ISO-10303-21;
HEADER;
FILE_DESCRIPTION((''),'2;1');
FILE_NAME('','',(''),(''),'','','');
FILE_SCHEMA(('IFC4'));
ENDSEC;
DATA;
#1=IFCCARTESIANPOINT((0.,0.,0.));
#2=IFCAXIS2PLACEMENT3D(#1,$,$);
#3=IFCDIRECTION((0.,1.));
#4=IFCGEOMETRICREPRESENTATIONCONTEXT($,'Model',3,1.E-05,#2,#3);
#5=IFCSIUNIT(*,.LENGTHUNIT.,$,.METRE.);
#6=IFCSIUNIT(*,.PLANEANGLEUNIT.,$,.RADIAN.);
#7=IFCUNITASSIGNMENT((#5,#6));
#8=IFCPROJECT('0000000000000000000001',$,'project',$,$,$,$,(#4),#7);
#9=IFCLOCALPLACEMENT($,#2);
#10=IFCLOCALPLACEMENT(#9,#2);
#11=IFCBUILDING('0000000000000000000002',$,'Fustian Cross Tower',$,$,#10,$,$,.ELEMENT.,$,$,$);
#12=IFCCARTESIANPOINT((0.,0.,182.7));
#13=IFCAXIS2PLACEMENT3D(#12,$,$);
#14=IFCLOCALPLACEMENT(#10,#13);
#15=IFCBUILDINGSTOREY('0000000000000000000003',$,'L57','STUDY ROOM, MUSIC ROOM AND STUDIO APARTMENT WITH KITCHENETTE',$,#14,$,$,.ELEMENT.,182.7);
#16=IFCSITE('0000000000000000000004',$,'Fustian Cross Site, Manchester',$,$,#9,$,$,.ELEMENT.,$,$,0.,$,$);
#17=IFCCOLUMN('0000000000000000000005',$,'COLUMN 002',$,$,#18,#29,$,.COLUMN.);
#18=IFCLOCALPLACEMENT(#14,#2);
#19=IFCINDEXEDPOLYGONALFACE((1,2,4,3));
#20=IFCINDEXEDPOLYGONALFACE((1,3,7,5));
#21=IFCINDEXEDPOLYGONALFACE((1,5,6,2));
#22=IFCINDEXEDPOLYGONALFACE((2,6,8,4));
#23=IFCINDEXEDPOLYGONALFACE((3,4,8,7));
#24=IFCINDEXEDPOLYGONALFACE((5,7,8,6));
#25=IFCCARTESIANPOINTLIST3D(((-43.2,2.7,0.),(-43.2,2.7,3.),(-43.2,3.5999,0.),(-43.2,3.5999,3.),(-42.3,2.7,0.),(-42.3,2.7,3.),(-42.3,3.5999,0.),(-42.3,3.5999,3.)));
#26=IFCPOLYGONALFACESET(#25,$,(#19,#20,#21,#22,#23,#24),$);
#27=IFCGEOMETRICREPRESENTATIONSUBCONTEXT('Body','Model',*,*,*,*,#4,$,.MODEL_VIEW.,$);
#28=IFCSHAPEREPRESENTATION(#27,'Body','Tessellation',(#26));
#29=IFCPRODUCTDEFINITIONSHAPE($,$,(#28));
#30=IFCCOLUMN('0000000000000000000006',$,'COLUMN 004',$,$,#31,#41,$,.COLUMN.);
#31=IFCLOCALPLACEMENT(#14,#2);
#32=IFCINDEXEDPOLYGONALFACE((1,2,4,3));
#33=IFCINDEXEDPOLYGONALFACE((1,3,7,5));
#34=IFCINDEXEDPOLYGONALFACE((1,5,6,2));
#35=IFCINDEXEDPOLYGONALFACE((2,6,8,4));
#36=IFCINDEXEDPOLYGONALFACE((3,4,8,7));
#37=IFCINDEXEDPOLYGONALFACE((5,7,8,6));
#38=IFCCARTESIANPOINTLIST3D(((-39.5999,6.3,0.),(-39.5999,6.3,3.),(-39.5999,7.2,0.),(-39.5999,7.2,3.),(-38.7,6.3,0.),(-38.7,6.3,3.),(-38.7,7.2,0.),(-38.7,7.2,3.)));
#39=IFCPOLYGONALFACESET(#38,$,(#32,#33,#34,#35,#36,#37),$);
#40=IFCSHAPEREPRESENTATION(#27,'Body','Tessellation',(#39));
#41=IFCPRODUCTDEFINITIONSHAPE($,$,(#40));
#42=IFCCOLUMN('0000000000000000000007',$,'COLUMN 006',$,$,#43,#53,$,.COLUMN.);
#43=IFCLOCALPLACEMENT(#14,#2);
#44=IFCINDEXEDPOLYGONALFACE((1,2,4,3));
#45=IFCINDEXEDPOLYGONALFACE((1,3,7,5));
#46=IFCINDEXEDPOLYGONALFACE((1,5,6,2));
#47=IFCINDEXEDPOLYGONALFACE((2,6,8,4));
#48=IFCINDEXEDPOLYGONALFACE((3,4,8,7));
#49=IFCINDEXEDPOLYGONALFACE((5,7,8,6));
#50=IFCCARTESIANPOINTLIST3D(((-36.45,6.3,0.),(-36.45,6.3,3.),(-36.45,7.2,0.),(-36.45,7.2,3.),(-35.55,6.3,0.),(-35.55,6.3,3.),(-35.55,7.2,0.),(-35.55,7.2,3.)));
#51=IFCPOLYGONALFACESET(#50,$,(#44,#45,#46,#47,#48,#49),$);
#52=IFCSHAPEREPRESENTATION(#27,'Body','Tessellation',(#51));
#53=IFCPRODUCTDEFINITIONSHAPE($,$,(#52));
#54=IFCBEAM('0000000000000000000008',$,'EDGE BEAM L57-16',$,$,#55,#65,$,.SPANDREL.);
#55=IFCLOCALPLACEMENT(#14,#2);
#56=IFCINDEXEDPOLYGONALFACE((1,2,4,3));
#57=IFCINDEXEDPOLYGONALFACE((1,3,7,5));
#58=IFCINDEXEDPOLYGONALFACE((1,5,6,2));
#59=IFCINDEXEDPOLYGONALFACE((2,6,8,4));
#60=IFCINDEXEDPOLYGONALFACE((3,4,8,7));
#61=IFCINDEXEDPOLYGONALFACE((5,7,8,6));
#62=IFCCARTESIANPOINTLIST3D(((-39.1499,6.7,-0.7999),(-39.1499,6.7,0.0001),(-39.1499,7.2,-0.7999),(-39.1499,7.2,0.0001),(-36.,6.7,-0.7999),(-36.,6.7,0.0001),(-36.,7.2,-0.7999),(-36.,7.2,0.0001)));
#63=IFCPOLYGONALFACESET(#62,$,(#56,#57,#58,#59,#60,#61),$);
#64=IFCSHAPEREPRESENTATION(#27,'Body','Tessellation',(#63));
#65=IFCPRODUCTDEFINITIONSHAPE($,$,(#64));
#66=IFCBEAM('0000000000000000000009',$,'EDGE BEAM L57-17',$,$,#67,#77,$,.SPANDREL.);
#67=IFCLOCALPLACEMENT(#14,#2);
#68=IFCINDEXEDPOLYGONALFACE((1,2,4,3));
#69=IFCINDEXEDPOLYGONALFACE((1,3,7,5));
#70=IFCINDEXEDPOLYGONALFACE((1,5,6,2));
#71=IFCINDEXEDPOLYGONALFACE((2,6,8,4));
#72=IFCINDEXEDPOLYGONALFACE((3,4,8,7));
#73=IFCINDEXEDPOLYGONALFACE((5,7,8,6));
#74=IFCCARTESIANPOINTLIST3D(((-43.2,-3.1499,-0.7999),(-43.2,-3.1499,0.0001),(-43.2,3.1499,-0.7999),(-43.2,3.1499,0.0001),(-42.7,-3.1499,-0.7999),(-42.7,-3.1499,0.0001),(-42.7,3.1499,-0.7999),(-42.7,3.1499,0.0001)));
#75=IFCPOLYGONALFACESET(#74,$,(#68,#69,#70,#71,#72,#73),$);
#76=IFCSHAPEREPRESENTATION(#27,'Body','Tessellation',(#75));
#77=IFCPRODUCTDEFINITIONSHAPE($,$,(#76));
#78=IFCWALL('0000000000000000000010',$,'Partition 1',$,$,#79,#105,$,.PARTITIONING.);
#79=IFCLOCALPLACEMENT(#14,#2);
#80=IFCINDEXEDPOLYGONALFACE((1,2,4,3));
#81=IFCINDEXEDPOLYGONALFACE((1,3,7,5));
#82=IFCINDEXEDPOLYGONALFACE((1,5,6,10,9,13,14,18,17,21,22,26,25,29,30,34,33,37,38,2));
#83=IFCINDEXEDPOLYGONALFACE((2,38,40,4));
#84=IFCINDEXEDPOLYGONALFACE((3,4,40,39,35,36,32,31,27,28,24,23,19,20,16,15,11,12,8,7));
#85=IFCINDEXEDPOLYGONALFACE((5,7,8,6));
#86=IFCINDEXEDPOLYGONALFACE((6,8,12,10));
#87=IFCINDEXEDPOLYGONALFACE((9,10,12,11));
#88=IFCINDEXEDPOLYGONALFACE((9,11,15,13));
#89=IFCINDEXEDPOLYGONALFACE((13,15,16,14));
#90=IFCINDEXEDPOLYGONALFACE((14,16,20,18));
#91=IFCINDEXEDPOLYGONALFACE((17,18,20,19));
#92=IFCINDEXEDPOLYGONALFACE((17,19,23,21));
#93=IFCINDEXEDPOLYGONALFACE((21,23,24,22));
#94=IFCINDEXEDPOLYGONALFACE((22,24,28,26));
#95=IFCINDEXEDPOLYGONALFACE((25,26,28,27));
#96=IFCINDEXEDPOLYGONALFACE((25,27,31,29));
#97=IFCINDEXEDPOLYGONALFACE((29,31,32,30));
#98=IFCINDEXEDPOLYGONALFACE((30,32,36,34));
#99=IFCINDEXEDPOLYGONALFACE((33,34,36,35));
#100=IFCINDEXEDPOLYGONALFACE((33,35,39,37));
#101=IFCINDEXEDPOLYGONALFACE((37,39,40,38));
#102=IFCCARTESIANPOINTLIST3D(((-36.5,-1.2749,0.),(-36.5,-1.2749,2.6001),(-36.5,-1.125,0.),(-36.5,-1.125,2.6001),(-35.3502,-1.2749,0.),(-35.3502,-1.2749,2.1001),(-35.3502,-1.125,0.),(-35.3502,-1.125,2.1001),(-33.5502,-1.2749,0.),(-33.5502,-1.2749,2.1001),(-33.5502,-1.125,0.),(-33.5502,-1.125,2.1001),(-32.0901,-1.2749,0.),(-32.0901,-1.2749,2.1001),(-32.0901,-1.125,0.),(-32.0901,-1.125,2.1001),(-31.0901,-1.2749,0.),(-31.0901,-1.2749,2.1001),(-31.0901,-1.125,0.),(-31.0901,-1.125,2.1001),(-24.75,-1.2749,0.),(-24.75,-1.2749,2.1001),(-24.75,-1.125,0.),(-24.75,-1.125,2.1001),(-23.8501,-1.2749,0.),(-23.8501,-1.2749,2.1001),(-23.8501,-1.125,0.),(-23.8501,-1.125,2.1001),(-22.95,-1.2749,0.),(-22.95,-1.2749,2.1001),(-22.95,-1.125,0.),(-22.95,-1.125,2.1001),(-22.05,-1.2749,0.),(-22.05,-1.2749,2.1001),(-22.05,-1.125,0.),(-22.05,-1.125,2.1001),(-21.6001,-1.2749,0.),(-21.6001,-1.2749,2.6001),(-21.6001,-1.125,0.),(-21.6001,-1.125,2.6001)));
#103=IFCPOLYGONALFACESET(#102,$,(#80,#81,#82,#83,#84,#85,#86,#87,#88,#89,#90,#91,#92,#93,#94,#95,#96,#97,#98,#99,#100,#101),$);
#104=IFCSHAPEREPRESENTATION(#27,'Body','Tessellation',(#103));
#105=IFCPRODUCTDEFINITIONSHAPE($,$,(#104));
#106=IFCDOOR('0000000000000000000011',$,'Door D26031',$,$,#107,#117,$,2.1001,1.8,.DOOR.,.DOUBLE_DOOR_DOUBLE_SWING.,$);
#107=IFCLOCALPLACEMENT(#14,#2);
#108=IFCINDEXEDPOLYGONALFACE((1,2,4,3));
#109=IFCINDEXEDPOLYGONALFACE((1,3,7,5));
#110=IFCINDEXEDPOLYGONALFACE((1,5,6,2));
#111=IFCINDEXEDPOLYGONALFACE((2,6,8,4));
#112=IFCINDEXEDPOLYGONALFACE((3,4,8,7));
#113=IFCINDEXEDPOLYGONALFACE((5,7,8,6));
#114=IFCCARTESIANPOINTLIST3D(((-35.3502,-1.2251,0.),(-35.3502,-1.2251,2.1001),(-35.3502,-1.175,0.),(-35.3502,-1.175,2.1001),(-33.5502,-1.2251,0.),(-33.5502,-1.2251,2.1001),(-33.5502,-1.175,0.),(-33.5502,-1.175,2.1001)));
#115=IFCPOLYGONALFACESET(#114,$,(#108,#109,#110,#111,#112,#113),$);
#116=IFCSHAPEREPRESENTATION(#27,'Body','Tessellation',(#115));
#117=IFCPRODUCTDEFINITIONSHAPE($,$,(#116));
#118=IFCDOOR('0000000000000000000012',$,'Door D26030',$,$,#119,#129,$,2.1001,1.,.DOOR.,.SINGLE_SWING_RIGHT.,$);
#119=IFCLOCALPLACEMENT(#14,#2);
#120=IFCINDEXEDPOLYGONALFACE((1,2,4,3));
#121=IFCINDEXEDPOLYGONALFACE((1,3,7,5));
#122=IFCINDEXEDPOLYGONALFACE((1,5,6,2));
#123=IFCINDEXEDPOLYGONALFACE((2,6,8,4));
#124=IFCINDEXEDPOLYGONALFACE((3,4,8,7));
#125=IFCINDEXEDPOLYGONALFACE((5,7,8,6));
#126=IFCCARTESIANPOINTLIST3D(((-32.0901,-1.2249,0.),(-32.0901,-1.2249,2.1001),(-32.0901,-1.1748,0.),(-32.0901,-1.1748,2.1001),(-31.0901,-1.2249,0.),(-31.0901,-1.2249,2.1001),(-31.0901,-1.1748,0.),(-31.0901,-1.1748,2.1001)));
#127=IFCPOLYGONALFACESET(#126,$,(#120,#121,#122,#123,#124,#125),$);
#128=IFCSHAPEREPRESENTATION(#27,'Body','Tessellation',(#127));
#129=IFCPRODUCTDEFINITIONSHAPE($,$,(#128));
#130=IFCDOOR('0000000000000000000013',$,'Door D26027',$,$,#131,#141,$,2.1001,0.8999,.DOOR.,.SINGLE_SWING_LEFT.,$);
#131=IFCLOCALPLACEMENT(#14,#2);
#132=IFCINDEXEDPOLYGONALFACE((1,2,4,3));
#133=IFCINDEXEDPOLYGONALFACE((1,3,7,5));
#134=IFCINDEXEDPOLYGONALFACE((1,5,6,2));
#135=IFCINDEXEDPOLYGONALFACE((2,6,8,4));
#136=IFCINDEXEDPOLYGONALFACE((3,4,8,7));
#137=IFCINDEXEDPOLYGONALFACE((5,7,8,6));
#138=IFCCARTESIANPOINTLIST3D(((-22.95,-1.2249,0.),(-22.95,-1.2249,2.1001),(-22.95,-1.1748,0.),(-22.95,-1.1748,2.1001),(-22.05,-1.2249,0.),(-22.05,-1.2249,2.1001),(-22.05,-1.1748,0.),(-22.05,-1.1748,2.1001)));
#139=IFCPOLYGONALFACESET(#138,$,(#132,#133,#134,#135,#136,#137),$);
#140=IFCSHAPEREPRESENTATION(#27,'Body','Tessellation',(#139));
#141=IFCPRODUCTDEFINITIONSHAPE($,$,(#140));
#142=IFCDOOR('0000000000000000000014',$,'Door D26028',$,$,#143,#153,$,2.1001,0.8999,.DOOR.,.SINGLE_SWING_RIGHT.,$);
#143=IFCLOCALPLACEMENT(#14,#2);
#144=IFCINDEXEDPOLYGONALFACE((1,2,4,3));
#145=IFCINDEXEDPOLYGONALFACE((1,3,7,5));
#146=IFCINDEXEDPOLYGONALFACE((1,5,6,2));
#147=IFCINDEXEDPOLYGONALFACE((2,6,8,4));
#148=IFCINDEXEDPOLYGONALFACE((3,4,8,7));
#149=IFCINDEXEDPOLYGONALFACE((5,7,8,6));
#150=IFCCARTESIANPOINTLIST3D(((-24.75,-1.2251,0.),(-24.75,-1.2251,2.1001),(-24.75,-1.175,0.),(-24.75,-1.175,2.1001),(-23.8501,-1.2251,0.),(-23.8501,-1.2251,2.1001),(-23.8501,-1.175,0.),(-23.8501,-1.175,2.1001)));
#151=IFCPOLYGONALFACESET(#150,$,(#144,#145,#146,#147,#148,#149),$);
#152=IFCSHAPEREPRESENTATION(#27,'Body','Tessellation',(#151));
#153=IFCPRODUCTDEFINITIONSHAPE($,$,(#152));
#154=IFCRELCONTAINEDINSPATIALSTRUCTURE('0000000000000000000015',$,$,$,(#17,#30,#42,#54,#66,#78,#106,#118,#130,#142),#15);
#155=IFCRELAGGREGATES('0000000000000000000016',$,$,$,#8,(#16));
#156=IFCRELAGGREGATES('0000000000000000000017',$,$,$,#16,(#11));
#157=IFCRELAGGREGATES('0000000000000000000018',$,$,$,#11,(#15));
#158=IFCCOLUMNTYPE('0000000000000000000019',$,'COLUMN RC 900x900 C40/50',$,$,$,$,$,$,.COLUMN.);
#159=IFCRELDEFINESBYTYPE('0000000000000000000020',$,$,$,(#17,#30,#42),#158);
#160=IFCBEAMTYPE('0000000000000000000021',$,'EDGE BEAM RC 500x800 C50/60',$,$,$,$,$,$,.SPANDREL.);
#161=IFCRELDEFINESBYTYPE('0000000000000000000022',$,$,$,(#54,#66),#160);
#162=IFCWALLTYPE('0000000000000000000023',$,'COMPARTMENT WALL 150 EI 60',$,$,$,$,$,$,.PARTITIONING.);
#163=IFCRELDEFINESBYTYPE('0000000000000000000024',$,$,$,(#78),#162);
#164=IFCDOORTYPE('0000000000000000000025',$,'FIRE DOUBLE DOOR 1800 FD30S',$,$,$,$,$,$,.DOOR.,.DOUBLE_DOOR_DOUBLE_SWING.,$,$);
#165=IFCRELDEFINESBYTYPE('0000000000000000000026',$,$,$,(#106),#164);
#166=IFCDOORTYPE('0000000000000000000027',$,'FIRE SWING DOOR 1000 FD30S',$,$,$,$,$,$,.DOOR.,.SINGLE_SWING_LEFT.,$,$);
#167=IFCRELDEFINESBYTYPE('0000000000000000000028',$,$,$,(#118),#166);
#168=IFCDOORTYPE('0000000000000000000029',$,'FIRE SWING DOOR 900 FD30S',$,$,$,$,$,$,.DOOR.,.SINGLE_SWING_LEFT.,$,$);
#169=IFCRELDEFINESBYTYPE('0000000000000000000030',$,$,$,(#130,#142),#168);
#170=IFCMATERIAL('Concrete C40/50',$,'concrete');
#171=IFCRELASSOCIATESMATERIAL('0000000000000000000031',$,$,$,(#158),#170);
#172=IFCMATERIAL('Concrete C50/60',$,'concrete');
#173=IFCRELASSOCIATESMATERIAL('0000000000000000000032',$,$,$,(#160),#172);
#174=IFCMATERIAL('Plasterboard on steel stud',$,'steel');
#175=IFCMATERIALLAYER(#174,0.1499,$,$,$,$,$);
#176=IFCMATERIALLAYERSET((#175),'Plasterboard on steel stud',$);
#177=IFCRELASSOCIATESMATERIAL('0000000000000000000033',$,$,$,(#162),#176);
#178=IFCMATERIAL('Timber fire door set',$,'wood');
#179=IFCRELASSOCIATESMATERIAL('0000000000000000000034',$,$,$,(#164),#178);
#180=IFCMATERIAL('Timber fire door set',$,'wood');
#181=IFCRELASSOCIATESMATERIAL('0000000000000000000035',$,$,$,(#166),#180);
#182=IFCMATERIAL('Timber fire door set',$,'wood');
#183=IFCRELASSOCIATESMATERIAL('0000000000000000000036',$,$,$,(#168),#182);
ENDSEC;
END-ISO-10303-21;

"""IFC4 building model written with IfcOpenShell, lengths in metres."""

from ifc_helpers import new_model, si_unit, direction, frame, frame_2d, origin, origin_2d, place, context, subcontext, project, spatial, rectangle, extrude, material, layer, layer_set, material_profile, profile_set, type_object, element, fill, save


model = new_model("IFC4")

# Units and contexts
model_context = context("Model", 3, precision=1e-05, world=origin(), true_north=direction((0.0, 1.0)))
body_context = subcontext(model_context, "Body", "Model", "MODEL_VIEW")
ifc_project = project(units=[si_unit("LENGTHUNIT", "METRE"), si_unit("PLANEANGLEUNIT", "RADIAN")], contexts=[model_context])

# Site, building, storey
site_placement = place(None, origin())
site = spatial("IfcSite", under=ifc_project, at=site_placement, Name="Fustian Cross Site, Manchester", CompositionType="ELEMENT", RefElevation=0.0)
building_placement = place(site_placement, origin())
building = spatial("IfcBuilding", under=site, at=building_placement, Name="Fustian Cross Tower", CompositionType="ELEMENT")
storey_placement = place(building_placement, frame((0.0, 0.0, 182.7)))
storey = spatial("IfcBuildingStorey", under=building, at=storey_placement, Name="L57", Description="STUDY ROOM, MUSIC ROOM AND STUDIO APARTMENT WITH KITCHENETTE", CompositionType="ELEMENT", Elevation=182.7)

# Columns
ifc_material_1 = material(Name="Concrete C40/50", Category="concrete")
ifc_material_profile_1 = material_profile(ifc_material_1, rectangle(XDim=0.8999, YDim=0.8999, at=origin_2d()), Name="RC 900x900")
ifc_profile_set_1 = profile_set([ifc_material_profile_1], Name="Concrete C40/50")
column_type = type_object("IfcColumnType", Name="COLUMN RC 900x900 C40/50", PredefinedType="COLUMN", material=ifc_profile_set_1)
for number, where, z_axis, x_axis, name in (
    (1, (-42.75, 3.1499, 0.0), (0.0, 0.0, 1.0), (1.0, 0.0, 0.0), "COLUMN 002"),
    (2, (-39.1499, 6.75, 0.0), (0.0, 0.0, 1.0), (1.0, 0.0, 0.0), "COLUMN 004"),
    (3, (-36.0, 6.75, 0.0), (0.0, 0.0, 1.0), (1.0, 0.0, 0.0), "COLUMN 006"),
):
    element("IfcColumn", number, at=place(storey_placement, frame(where, z_axis=z_axis, x_axis=x_axis)), inside=storey, type_object=column_type, Name=name, PredefinedType="COLUMN", context=body_context, shape_type="SweptSolid", body=[
        extrude(rectangle(XDim=0.8999, YDim=0.8999, at=origin_2d()), origin(), (0.0, 0.0, 1.0), 3.0),
    ])

# Beams
ifc_material_2 = material(Name="Concrete C50/60", Category="concrete")
ifc_material_profile_2 = material_profile(ifc_material_2, rectangle(XDim=0.5, YDim=0.8, at=origin_2d()), Name="RC 500x800")
ifc_profile_set_2 = profile_set([ifc_material_profile_2], Name="Concrete C50/60")
beam_type = type_object("IfcBeamType", Name="EDGE BEAM RC 500x800 C50/60", PredefinedType="SPANDREL", material=ifc_profile_set_2)
beam_1_placement = place(storey_placement, frame((-36.0, 6.95, -0.3999), z_axis=(-1.0, 0.0, 0.0), x_axis=(0.0, -1.0, 0.0)))
element("IfcBeam", 4, at=beam_1_placement, inside=storey, type_object=beam_type, Name="EDGE BEAM L57-16", PredefinedType="SPANDREL", context=body_context, shape_type="SweptSolid", body=[
    extrude(rectangle(XDim=0.5, YDim=0.8, at=origin_2d()), origin(), (0.0, 0.0, 1.0), 3.1499),
])
beam_2_placement = place(storey_placement, frame((-42.95, 3.1499, -0.3999), z_axis=(0.0, -1.0, 0.0), x_axis=(1.0, 0.0, 0.0)))
element("IfcBeam", 5, at=beam_2_placement, inside=storey, type_object=beam_type, Name="EDGE BEAM L57-17", PredefinedType="SPANDREL", context=body_context, shape_type="SweptSolid", body=[
    extrude(rectangle(XDim=0.5, YDim=0.8, at=origin_2d()), origin(), (0.0, 0.0, 1.0), 6.2998),
])

# Wall, openings, doors
ifc_material_3 = material(Name="Plasterboard on steel stud", Category="steel")
ifc_layer_1 = layer(ifc_material_3, 0.1499)
ifc_layer_set_1 = layer_set([ifc_layer_1], Name="Plasterboard on steel stud")
wall_type_1 = type_object("IfcWallType", Name="COMPARTMENT WALL 150 EI 60", PredefinedType="PARTITIONING", material=ifc_layer_set_1)
wall_1_placement = place(storey_placement, frame((-36.5, -1.2, 0.0), z_axis=(0.0, 0.0, 1.0), x_axis=(1.0, 0.0, 0.0)))
wall_1 = element("IfcWall", 6, at=wall_1_placement, inside=storey, type_object=wall_type_1, Name="Partition 1", PredefinedType="PARTITIONING", context=body_context, shape_type="SweptSolid", body=[
    extrude(rectangle(XDim=14.8999, YDim=0.1499, at=frame_2d((7.45, 0.0))), origin(), (0.0, 0.0, 1.0), 2.6001),
])
opening_1_placement = place(wall_1_placement, frame((13.55, 0.0, 0.0)))
opening_1 = element("IfcOpeningElement", 7, at=opening_1_placement, cuts=wall_1, PredefinedType="OPENING", context=body_context, shape_type="SweptSolid", body=[
    extrude(rectangle(XDim=0.8999, YDim=2.1001, at=frame_2d((0.45, 1.05))), frame((0.0, 0.085, 0.0), z_axis=(0.0, -1.0, 0.0), x_axis=(1.0, 0.0, 0.0)), (0.0, 0.0, 1.0), 0.1699),
])
opening_2_placement = place(wall_1_placement, frame((11.75, 0.0, 0.0)))
opening_2 = element("IfcOpeningElement", 8, at=opening_2_placement, cuts=wall_1, PredefinedType="OPENING", context=body_context, shape_type="SweptSolid", body=[
    extrude(rectangle(XDim=0.8999, YDim=2.1001, at=frame_2d((0.45, 1.05))), frame((0.0, 0.085, 0.0), z_axis=(0.0, -1.0, 0.0), x_axis=(1.0, 0.0, 0.0)), (0.0, 0.0, 1.0), 0.1699),
])
opening_3_placement = place(wall_1_placement, frame((4.4099, 0.0, 0.0)))
opening_3 = element("IfcOpeningElement", 9, at=opening_3_placement, cuts=wall_1, PredefinedType="OPENING", context=body_context, shape_type="SweptSolid", body=[
    extrude(rectangle(XDim=1.0, YDim=2.1001, at=frame_2d((0.5, 1.05))), frame((0.0, 0.085, 0.0), z_axis=(0.0, -1.0, 0.0), x_axis=(1.0, 0.0, 0.0)), (0.0, 0.0, 1.0), 0.1699),
])
opening_4_placement = place(wall_1_placement, frame((1.1499, 0.0, 0.0)))
opening_4 = element("IfcOpeningElement", 10, at=opening_4_placement, cuts=wall_1, PredefinedType="OPENING", context=body_context, shape_type="SweptSolid", body=[
    extrude(rectangle(XDim=1.8, YDim=2.1001, at=frame_2d((0.8999, 1.05))), frame((0.0, 0.085, 0.0), z_axis=(0.0, -1.0, 0.0), x_axis=(1.0, 0.0, 0.0)), (0.0, 0.0, 1.0), 0.1699),
])
ifc_material_4 = material(Name="Timber fire door set", Category="wood")
door_type_1 = type_object("IfcDoorType", Name="FIRE DOUBLE DOOR 1800 FD30S", OperationType="DOUBLE_DOOR_DOUBLE_SWING", PredefinedType="DOOR", material=ifc_material_4)
door_1_placement = place(opening_4_placement, origin())
door_1 = element("IfcDoor", 11, at=door_1_placement, inside=storey, type_object=door_type_1, Name="Door D26031", OperationType="DOUBLE_DOOR_DOUBLE_SWING", OverallHeight=2.1001, OverallWidth=1.8, PredefinedType="DOOR", context=body_context, shape_type="SweptSolid", body=[
    extrude(rectangle(XDim=1.8, YDim=2.1001, at=frame_2d((0.8999, 1.05))), frame((0.0, 0.0249, 0.0), z_axis=(0.0, -1.0, 0.0), x_axis=(1.0, 0.0, 0.0)), (0.0, 0.0, 1.0), 0.05),
])
fill(opening_4, door_1)
ifc_material_5 = material(Name="Timber fire door set", Category="wood")
door_type_2 = type_object("IfcDoorType", Name="FIRE SWING DOOR 1000 FD30S", OperationType="SINGLE_SWING_LEFT", PredefinedType="DOOR", material=ifc_material_5)
door_2_placement = place(opening_3_placement, frame((1.0, 0.0, 0.0), z_axis=(0.0, 0.0, 1.0), x_axis=(-1.0, 0.0, 0.0)))
door_2 = element("IfcDoor", 12, at=door_2_placement, inside=storey, type_object=door_type_2, Name="Door D26030", OperationType="SINGLE_SWING_RIGHT", OverallHeight=2.1001, OverallWidth=1.0, PredefinedType="DOOR", context=body_context, shape_type="SweptSolid", body=[
    extrude(rectangle(XDim=1.0, YDim=2.1001, at=frame_2d((0.5, 1.05))), frame((0.0, 0.0249, 0.0), z_axis=(0.0, -1.0, 0.0), x_axis=(1.0, 0.0, 0.0)), (0.0, 0.0, 1.0), 0.05),
])
fill(opening_3, door_2)
ifc_material_6 = material(Name="Timber fire door set", Category="wood")
door_type_3 = type_object("IfcDoorType", Name="FIRE SWING DOOR 900 FD30S", OperationType="SINGLE_SWING_LEFT", PredefinedType="DOOR", material=ifc_material_6)
door_3_placement = place(opening_1_placement, frame((0.8999, 0.0, 0.0), z_axis=(0.0, 0.0, 1.0), x_axis=(-1.0, 0.0, 0.0)))
door_3 = element("IfcDoor", 13, at=door_3_placement, inside=storey, type_object=door_type_3, Name="Door D26027", OperationType="SINGLE_SWING_LEFT", OverallHeight=2.1001, OverallWidth=0.8999, PredefinedType="DOOR", context=body_context, shape_type="SweptSolid", body=[
    extrude(rectangle(XDim=0.8999, YDim=2.1001, at=frame_2d((0.45, 1.05))), frame((0.0, 0.0249, 0.0), z_axis=(0.0, -1.0, 0.0), x_axis=(1.0, 0.0, 0.0)), (0.0, 0.0, 1.0), 0.05),
])
fill(opening_1, door_3)
door_4_placement = place(opening_2_placement, origin())
door_4 = element("IfcDoor", 14, at=door_4_placement, inside=storey, type_object=door_type_3, Name="Door D26028", OperationType="SINGLE_SWING_RIGHT", OverallHeight=2.1001, OverallWidth=0.8999, PredefinedType="DOOR", context=body_context, shape_type="SweptSolid", body=[
    extrude(rectangle(XDim=0.8999, YDim=2.1001, at=frame_2d((0.45, 1.05))), frame((0.0, 0.0249, 0.0), z_axis=(0.0, -1.0, 0.0), x_axis=(1.0, 0.0, 0.0)), (0.0, 0.0, 1.0), 0.05),
])
fill(opening_2, door_4)

save(model, "model.ifc")
